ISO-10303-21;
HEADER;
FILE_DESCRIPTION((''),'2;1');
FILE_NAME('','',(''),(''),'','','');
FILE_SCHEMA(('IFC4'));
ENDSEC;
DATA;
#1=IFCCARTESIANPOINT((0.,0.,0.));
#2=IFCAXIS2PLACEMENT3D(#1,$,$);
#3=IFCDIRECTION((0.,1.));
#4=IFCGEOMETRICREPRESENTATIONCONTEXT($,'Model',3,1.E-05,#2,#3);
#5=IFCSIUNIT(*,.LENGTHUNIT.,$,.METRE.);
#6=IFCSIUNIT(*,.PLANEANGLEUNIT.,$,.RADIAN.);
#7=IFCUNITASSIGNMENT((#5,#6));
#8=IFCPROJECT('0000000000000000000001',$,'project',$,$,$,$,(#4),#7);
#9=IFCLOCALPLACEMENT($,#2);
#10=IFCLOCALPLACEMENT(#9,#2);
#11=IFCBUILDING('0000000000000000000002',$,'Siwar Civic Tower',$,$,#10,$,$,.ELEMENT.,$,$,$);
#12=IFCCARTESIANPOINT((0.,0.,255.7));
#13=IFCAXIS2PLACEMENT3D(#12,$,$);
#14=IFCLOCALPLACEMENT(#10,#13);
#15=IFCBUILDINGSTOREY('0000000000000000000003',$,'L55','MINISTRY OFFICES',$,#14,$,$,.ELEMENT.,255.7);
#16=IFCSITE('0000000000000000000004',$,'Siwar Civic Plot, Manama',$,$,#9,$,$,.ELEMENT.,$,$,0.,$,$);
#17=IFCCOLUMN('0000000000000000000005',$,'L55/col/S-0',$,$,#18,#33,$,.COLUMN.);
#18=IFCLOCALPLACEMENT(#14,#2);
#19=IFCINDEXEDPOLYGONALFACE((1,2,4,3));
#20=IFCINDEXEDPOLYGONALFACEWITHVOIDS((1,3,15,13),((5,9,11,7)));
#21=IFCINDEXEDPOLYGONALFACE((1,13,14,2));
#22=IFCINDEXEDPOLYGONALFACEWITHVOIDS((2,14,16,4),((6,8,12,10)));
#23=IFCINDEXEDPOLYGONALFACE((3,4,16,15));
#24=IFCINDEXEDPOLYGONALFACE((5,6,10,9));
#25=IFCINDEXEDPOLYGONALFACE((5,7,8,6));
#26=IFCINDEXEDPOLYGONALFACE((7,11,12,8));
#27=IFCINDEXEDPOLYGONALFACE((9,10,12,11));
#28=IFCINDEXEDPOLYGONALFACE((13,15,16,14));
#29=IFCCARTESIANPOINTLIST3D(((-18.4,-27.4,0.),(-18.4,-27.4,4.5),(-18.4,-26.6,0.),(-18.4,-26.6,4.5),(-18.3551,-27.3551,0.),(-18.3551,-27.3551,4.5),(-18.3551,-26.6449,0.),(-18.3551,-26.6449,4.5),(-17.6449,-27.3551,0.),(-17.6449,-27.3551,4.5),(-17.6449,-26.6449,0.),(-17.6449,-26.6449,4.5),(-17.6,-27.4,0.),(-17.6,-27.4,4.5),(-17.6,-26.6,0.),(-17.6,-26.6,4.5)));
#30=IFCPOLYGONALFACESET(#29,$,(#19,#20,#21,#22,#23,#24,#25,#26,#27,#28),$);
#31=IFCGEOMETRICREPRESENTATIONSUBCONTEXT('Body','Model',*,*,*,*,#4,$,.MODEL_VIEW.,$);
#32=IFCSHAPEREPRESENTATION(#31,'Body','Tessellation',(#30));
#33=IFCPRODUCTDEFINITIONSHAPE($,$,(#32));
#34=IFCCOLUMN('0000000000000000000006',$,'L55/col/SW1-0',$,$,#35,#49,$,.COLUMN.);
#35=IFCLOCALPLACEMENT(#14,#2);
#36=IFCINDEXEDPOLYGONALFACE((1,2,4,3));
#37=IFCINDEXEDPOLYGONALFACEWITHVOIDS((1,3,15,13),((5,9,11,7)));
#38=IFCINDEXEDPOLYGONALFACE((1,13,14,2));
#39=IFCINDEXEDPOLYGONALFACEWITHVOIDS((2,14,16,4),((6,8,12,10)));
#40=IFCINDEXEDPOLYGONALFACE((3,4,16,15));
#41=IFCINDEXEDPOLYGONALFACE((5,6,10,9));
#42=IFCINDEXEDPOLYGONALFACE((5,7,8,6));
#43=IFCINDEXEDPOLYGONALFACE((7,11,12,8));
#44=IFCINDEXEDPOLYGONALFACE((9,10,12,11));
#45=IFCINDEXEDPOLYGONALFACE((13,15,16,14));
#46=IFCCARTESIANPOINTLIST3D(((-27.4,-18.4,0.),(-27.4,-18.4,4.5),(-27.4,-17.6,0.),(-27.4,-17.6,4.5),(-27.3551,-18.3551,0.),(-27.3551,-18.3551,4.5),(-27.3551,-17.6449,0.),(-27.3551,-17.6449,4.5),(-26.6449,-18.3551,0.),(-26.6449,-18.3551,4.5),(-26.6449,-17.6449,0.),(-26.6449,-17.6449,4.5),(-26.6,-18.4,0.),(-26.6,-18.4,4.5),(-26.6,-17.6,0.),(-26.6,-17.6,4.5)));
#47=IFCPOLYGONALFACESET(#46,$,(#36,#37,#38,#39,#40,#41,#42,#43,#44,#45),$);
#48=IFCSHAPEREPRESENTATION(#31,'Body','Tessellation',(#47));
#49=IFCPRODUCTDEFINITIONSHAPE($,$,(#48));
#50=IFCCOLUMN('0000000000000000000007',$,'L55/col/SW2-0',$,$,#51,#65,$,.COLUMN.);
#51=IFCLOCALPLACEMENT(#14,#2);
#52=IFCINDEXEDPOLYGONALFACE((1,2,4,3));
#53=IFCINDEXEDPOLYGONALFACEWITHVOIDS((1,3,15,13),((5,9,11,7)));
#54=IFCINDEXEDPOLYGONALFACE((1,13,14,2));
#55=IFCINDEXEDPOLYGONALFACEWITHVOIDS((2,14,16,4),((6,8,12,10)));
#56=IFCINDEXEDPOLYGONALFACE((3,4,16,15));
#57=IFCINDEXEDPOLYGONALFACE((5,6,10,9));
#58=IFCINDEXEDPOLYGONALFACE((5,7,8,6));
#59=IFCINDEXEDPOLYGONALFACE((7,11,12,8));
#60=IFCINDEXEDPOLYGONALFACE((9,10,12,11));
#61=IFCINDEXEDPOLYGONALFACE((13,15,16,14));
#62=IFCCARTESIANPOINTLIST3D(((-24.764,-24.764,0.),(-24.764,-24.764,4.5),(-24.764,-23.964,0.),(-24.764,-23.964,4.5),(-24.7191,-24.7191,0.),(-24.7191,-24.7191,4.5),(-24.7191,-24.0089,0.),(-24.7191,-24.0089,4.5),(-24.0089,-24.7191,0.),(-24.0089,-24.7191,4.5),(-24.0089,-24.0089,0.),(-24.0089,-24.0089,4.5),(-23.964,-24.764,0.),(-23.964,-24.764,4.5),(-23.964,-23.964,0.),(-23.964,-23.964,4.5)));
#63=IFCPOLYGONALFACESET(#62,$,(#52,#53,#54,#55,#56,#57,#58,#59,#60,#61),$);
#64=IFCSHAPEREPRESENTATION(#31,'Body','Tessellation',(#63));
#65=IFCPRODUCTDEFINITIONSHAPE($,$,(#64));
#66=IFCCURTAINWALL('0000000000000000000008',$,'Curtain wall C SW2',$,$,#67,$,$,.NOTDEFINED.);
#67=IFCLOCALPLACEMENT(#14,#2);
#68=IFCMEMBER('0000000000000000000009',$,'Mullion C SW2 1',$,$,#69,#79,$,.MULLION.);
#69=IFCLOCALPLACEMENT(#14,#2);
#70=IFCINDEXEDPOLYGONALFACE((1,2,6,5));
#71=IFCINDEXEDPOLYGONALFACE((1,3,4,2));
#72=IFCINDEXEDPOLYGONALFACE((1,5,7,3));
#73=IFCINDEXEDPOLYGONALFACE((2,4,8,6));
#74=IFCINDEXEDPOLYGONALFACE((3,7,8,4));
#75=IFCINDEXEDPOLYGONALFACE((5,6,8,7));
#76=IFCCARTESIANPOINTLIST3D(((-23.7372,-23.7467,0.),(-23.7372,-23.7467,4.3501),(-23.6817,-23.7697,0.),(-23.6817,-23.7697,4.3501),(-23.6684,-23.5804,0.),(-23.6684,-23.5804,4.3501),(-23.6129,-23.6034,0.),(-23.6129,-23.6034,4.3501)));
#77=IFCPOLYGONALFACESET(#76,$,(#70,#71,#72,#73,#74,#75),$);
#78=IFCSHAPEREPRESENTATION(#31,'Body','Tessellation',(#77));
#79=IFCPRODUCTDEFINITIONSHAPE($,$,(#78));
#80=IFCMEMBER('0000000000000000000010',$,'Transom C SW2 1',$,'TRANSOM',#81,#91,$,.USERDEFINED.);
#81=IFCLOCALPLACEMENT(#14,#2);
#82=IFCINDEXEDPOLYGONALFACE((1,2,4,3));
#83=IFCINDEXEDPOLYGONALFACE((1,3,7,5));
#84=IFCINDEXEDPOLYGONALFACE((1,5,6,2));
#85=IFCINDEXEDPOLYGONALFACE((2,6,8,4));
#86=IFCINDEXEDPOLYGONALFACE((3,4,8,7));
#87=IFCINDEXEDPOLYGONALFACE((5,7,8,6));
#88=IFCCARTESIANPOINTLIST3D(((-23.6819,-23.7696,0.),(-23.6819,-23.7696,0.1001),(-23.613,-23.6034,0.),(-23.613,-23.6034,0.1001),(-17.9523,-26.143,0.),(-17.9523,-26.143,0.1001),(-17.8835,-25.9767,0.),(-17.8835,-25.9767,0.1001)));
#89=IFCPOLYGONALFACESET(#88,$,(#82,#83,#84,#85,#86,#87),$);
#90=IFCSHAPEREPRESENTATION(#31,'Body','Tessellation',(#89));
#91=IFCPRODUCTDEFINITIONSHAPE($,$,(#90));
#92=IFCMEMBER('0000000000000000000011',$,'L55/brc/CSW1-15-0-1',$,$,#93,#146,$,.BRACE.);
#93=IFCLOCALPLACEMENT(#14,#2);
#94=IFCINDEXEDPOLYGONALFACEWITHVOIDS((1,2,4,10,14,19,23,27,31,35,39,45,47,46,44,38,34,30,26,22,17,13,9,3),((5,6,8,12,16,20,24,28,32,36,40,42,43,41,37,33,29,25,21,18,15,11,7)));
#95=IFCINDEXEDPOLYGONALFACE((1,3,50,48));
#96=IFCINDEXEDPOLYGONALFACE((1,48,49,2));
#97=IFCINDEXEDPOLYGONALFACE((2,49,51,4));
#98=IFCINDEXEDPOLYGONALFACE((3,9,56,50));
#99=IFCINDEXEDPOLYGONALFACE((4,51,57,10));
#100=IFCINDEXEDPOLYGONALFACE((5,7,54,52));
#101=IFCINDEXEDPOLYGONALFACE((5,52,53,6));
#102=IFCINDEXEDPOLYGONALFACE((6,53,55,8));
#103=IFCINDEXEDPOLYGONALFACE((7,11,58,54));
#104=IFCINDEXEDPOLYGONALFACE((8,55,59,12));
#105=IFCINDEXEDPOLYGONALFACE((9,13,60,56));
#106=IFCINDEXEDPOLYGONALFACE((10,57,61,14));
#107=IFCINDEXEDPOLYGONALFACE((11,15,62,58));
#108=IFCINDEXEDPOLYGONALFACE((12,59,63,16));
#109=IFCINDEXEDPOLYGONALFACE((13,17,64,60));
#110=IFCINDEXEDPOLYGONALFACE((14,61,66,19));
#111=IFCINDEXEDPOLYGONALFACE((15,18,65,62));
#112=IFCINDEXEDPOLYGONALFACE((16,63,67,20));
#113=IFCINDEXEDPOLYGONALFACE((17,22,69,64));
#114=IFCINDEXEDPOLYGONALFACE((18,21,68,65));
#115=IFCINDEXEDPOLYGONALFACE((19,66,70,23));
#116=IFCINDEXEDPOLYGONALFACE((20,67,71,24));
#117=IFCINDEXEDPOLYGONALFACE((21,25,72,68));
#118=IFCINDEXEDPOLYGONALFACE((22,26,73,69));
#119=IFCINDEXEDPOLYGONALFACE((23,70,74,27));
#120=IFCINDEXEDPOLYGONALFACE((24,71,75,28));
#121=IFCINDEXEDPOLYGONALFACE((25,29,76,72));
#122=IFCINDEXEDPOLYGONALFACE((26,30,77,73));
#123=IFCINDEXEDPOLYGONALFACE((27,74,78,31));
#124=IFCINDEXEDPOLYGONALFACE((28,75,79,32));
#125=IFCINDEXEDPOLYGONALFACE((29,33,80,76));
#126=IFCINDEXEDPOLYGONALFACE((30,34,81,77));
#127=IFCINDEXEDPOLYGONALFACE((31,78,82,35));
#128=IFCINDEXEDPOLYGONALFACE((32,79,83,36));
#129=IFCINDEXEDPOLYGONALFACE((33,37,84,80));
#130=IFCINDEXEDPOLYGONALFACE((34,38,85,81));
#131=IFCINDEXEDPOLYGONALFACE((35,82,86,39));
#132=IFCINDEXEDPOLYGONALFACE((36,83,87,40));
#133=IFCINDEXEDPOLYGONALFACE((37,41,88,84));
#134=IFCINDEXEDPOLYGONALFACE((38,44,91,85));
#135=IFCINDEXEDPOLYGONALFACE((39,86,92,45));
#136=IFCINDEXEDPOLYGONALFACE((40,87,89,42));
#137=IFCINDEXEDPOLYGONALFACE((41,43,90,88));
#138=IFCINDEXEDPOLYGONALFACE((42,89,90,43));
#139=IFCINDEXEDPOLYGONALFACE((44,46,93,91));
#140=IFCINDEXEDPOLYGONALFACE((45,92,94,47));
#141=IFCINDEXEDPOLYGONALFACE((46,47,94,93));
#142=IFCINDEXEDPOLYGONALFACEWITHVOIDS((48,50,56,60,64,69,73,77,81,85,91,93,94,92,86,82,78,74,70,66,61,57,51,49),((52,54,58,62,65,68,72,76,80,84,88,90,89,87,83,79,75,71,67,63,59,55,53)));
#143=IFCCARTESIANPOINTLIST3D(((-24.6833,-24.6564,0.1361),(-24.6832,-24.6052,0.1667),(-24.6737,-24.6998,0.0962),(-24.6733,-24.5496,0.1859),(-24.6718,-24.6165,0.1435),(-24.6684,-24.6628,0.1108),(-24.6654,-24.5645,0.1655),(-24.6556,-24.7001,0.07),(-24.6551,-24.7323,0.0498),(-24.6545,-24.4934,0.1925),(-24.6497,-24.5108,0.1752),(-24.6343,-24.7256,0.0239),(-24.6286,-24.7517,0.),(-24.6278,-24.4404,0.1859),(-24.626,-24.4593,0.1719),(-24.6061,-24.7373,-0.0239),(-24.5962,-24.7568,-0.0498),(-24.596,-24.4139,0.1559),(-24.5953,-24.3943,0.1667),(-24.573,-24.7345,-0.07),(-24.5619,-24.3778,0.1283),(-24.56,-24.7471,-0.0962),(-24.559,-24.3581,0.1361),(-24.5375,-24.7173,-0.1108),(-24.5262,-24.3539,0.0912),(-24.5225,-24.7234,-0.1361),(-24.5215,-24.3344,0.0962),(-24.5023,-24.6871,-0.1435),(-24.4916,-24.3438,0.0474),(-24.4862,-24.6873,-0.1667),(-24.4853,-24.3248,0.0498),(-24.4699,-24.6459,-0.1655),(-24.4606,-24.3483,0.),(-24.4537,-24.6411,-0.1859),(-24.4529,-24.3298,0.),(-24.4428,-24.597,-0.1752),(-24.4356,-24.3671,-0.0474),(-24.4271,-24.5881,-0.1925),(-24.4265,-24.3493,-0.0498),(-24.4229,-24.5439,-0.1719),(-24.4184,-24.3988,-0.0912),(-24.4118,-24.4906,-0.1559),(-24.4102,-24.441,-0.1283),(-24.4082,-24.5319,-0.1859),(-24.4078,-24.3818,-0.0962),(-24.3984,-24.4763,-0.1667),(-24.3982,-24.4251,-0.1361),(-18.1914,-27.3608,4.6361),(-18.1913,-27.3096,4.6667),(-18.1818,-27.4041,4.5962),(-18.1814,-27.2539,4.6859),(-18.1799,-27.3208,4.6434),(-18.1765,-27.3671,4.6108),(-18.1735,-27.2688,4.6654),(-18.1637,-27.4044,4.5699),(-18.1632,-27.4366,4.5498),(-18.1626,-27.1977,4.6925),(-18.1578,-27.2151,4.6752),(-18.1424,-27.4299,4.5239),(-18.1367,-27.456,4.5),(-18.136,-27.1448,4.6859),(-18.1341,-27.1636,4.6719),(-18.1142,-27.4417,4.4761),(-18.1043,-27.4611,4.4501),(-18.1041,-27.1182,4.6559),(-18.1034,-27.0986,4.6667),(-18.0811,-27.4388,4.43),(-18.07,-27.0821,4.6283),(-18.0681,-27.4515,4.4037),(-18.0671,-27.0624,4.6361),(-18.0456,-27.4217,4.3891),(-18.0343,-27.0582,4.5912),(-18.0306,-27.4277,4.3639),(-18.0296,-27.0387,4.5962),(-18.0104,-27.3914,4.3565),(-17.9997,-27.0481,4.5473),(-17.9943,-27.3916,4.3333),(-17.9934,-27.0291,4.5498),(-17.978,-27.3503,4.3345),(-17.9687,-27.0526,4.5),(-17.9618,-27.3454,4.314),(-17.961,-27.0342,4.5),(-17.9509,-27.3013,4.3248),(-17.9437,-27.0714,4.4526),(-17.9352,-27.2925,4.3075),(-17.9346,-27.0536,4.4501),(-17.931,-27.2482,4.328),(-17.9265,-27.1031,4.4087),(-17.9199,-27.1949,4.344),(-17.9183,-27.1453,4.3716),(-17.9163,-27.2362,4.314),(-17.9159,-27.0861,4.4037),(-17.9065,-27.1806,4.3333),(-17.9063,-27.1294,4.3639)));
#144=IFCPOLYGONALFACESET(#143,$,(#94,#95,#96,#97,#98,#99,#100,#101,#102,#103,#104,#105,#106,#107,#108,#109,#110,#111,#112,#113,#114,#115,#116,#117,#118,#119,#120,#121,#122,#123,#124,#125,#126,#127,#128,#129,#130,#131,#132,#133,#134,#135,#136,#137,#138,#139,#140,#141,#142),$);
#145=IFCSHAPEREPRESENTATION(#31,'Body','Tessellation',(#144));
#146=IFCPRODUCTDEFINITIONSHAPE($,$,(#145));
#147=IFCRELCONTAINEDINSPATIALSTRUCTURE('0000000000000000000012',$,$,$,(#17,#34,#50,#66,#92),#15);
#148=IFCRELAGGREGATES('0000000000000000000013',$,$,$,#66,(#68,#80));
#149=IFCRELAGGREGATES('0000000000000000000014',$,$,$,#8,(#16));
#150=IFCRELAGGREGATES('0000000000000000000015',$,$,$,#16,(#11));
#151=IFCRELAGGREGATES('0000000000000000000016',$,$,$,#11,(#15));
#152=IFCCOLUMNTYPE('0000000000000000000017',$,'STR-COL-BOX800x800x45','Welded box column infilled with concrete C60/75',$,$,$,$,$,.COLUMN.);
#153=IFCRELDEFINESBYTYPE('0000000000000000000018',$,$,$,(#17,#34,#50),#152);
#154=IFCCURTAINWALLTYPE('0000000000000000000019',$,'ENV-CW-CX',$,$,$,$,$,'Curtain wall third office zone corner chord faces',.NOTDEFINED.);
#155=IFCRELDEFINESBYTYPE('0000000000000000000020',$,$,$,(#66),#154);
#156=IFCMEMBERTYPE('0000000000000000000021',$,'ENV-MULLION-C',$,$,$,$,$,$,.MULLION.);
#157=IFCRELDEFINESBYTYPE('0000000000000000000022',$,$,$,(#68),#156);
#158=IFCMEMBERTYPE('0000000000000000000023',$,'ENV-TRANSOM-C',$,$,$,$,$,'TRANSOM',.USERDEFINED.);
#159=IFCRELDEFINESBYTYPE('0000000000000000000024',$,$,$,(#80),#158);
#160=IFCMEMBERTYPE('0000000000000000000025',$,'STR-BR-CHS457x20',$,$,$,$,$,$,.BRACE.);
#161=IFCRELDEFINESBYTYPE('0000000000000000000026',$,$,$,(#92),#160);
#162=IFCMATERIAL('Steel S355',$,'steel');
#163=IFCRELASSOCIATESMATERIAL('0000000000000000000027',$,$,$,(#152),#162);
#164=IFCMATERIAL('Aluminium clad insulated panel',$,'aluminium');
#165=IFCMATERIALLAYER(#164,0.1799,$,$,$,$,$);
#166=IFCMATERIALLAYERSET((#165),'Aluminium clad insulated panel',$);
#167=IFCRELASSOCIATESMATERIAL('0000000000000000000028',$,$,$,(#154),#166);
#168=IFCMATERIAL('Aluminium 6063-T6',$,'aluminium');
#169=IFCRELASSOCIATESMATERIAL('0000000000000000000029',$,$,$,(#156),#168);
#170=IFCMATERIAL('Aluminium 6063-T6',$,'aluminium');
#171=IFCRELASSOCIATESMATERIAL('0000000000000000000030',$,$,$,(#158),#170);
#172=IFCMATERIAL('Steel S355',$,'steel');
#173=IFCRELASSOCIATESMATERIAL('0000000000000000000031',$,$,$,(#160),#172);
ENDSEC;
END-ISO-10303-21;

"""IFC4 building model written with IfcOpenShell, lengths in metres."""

from ifc_helpers import new_model, si_unit, direction, frame, origin, origin_2d, place, context, subcontext, project, spatial, rectangle, hollow_rectangle, hollow_circle, extrude, material, layer, layer_set, material_profile, profile_set, type_object, element, aggregate, save


model = new_model("IFC4")

# Units and contexts
model_context = context("Model", 3, precision=1e-05, world=origin(), true_north=direction((0.0, 1.0)))
body_context = subcontext(model_context, "Body", "Model", "MODEL_VIEW")
ifc_project = project(units=[si_unit("LENGTHUNIT", "METRE"), si_unit("PLANEANGLEUNIT", "RADIAN")], contexts=[model_context])

# Site, building, storey
site_placement = place(None, origin())
site = spatial("IfcSite", under=ifc_project, at=site_placement, Name="Siwar Civic Plot, Manama", CompositionType="ELEMENT", RefElevation=0.0)
building_placement = place(site_placement, origin())
building = spatial("IfcBuilding", under=site, at=building_placement, Name="Siwar Civic Tower", CompositionType="ELEMENT")
storey_placement = place(building_placement, frame((0.0, 0.0, 255.7)))
storey = spatial("IfcBuildingStorey", under=building, at=storey_placement, Name="L55", Description="MINISTRY OFFICES", CompositionType="ELEMENT", Elevation=255.7)

# Columns
ifc_material_1 = material(Name="Steel S355", Category="steel")
ifc_material_profile_1 = material_profile(ifc_material_1, hollow_rectangle(XDim=0.8, YDim=0.8, WallThickness=0.0449, at=origin_2d()), Name="BOX800x800x45")
ifc_profile_set_1 = profile_set([ifc_material_profile_1], Name="Steel S355")
column_type = type_object("IfcColumnType", Name="STR-COL-BOX800x800x45", Description="Welded box column infilled with concrete C60/75", PredefinedType="COLUMN", material=ifc_profile_set_1)
for number, where, z_axis, x_axis, name in (
    (1, (-18.0, -27.0, 0.0), (0.0, 0.0, 1.0), (1.0, 0.0, 0.0), "L55/col/S-0"),
    (2, (-27.0, -18.0, 0.0), (0.0, 0.0, 1.0), (1.0, 0.0, 0.0), "L55/col/SW1-0"),
    (3, (-24.364, -24.364, 0.0), (0.0, 0.0, 1.0), (1.0, 0.0, 0.0), "L55/col/SW2-0"),
):
    element("IfcColumn", number, at=place(storey_placement, frame(where, z_axis=z_axis, x_axis=x_axis)), inside=storey, type_object=column_type, Name=name, PredefinedType="COLUMN", context=body_context, shape_type="SweptSolid", body=[
        extrude(hollow_rectangle(XDim=0.8, YDim=0.8, WallThickness=0.0449, at=origin_2d()), origin(), (0.0, 0.0, 1.0), 4.5),
    ])

# Curtain wall, members
ifc_material_2 = material(Name="Aluminium clad insulated panel", Category="aluminium")
ifc_layer_1 = layer(ifc_material_2, 0.1799)
ifc_layer_set_1 = layer_set([ifc_layer_1], Name="Aluminium clad insulated panel")
curtain_wall_type = type_object("IfcCurtainWallType", Name="ENV-CW-CX", ElementType="Curtain wall third office zone corner chord faces", PredefinedType="NOTDEFINED", material=ifc_layer_set_1)
curtain_wall_1_placement = place(storey_placement, origin())
curtain_wall_1 = element("IfcCurtainWall", 4, at=curtain_wall_1_placement, inside=storey, type_object=curtain_wall_type, Name="Curtain wall C SW2", PredefinedType="NOTDEFINED")
ifc_material_3 = material(Name="Aluminium 6063-T6", Category="aluminium")
ifc_material_profile_2 = material_profile(ifc_material_3, rectangle(XDim=0.1799, YDim=0.0601, at=origin_2d()), Name="AL 180x60")
ifc_profile_set_2 = profile_set([ifc_material_profile_2], Name="Aluminium 6063-T6")
member_type_1 = type_object("IfcMemberType", Name="ENV-MULLION-C", PredefinedType="MULLION", material=ifc_profile_set_2)
member_1_placement = place(storey_placement, frame((-23.675, -23.675, 0.0), z_axis=(0.0, 0.0, 1.0), x_axis=(0.382683, 0.92388, 0.0)))
member_1 = element("IfcMember", 5, at=member_1_placement, type_object=member_type_1, Name="Mullion C SW2 1", PredefinedType="MULLION", context=body_context, shape_type="SweptSolid", body=[
    extrude(rectangle(XDim=0.1799, YDim=0.0601, at=origin_2d()), origin(), (0.0, 0.0, 1.0), 4.3501),
])
ifc_material_4 = material(Name="Aluminium 6063-T6", Category="aluminium")
ifc_material_profile_3 = material_profile(ifc_material_4, rectangle(XDim=0.1799, YDim=0.1001, at=origin_2d()), Name="AL 180x100")
ifc_profile_set_3 = profile_set([ifc_material_profile_3], Name="Aluminium 6063-T6")
member_type_2 = type_object("IfcMemberType", Name="ENV-TRANSOM-C", ElementType="TRANSOM", PredefinedType="USERDEFINED", material=ifc_profile_set_3)
member_2_placement = place(storey_placement, frame((-23.6475, -23.6865, 0.05), z_axis=(0.923876, -0.382691, 0.0), x_axis=(0.382691, 0.923876, 0.0)))
member_2 = element("IfcMember", 6, at=member_2_placement, type_object=member_type_2, Name="Transom C SW2 1", ObjectType="TRANSOM", PredefinedType="USERDEFINED", context=body_context, shape_type="SweptSolid", body=[
    extrude(rectangle(XDim=0.1799, YDim=0.1001, at=origin_2d()), origin(), (0.0, 0.0, 1.0), 6.2017),
])

# Member
ifc_material_5 = material(Name="Steel S355", Category="steel")
ifc_material_profile_4 = material_profile(ifc_material_5, hollow_circle(Radius=0.2285, WallThickness=0.02, at=origin_2d()), Name="CHS457x20")
ifc_profile_set_4 = profile_set([ifc_material_profile_4], Name="Steel S355")
member_type_3 = type_object("IfcMemberType", Name="STR-BR-CHS457x20", PredefinedType="BRACE", material=ifc_profile_set_4)
member_3_placement = place(storey_placement, frame((-24.5408, -24.5408, 0.0), z_axis=(0.777555, -0.323906, 0.538975), x_axis=(0.384539, 0.923109, 0.0)))
element("IfcMember", 7, at=member_3_placement, inside=storey, type_object=member_type_3, Name="L55/brc/CSW1-15-0-1", PredefinedType="BRACE", context=body_context, shape_type="SweptSolid", body=[
    extrude(hollow_circle(Radius=0.2285, WallThickness=0.02, at=origin_2d()), origin(), (0.0, 0.0, 1.0), 8.3491),
])

aggregate(curtain_wall_1, [member_1, member_2])

save(model, "model.ifc")
